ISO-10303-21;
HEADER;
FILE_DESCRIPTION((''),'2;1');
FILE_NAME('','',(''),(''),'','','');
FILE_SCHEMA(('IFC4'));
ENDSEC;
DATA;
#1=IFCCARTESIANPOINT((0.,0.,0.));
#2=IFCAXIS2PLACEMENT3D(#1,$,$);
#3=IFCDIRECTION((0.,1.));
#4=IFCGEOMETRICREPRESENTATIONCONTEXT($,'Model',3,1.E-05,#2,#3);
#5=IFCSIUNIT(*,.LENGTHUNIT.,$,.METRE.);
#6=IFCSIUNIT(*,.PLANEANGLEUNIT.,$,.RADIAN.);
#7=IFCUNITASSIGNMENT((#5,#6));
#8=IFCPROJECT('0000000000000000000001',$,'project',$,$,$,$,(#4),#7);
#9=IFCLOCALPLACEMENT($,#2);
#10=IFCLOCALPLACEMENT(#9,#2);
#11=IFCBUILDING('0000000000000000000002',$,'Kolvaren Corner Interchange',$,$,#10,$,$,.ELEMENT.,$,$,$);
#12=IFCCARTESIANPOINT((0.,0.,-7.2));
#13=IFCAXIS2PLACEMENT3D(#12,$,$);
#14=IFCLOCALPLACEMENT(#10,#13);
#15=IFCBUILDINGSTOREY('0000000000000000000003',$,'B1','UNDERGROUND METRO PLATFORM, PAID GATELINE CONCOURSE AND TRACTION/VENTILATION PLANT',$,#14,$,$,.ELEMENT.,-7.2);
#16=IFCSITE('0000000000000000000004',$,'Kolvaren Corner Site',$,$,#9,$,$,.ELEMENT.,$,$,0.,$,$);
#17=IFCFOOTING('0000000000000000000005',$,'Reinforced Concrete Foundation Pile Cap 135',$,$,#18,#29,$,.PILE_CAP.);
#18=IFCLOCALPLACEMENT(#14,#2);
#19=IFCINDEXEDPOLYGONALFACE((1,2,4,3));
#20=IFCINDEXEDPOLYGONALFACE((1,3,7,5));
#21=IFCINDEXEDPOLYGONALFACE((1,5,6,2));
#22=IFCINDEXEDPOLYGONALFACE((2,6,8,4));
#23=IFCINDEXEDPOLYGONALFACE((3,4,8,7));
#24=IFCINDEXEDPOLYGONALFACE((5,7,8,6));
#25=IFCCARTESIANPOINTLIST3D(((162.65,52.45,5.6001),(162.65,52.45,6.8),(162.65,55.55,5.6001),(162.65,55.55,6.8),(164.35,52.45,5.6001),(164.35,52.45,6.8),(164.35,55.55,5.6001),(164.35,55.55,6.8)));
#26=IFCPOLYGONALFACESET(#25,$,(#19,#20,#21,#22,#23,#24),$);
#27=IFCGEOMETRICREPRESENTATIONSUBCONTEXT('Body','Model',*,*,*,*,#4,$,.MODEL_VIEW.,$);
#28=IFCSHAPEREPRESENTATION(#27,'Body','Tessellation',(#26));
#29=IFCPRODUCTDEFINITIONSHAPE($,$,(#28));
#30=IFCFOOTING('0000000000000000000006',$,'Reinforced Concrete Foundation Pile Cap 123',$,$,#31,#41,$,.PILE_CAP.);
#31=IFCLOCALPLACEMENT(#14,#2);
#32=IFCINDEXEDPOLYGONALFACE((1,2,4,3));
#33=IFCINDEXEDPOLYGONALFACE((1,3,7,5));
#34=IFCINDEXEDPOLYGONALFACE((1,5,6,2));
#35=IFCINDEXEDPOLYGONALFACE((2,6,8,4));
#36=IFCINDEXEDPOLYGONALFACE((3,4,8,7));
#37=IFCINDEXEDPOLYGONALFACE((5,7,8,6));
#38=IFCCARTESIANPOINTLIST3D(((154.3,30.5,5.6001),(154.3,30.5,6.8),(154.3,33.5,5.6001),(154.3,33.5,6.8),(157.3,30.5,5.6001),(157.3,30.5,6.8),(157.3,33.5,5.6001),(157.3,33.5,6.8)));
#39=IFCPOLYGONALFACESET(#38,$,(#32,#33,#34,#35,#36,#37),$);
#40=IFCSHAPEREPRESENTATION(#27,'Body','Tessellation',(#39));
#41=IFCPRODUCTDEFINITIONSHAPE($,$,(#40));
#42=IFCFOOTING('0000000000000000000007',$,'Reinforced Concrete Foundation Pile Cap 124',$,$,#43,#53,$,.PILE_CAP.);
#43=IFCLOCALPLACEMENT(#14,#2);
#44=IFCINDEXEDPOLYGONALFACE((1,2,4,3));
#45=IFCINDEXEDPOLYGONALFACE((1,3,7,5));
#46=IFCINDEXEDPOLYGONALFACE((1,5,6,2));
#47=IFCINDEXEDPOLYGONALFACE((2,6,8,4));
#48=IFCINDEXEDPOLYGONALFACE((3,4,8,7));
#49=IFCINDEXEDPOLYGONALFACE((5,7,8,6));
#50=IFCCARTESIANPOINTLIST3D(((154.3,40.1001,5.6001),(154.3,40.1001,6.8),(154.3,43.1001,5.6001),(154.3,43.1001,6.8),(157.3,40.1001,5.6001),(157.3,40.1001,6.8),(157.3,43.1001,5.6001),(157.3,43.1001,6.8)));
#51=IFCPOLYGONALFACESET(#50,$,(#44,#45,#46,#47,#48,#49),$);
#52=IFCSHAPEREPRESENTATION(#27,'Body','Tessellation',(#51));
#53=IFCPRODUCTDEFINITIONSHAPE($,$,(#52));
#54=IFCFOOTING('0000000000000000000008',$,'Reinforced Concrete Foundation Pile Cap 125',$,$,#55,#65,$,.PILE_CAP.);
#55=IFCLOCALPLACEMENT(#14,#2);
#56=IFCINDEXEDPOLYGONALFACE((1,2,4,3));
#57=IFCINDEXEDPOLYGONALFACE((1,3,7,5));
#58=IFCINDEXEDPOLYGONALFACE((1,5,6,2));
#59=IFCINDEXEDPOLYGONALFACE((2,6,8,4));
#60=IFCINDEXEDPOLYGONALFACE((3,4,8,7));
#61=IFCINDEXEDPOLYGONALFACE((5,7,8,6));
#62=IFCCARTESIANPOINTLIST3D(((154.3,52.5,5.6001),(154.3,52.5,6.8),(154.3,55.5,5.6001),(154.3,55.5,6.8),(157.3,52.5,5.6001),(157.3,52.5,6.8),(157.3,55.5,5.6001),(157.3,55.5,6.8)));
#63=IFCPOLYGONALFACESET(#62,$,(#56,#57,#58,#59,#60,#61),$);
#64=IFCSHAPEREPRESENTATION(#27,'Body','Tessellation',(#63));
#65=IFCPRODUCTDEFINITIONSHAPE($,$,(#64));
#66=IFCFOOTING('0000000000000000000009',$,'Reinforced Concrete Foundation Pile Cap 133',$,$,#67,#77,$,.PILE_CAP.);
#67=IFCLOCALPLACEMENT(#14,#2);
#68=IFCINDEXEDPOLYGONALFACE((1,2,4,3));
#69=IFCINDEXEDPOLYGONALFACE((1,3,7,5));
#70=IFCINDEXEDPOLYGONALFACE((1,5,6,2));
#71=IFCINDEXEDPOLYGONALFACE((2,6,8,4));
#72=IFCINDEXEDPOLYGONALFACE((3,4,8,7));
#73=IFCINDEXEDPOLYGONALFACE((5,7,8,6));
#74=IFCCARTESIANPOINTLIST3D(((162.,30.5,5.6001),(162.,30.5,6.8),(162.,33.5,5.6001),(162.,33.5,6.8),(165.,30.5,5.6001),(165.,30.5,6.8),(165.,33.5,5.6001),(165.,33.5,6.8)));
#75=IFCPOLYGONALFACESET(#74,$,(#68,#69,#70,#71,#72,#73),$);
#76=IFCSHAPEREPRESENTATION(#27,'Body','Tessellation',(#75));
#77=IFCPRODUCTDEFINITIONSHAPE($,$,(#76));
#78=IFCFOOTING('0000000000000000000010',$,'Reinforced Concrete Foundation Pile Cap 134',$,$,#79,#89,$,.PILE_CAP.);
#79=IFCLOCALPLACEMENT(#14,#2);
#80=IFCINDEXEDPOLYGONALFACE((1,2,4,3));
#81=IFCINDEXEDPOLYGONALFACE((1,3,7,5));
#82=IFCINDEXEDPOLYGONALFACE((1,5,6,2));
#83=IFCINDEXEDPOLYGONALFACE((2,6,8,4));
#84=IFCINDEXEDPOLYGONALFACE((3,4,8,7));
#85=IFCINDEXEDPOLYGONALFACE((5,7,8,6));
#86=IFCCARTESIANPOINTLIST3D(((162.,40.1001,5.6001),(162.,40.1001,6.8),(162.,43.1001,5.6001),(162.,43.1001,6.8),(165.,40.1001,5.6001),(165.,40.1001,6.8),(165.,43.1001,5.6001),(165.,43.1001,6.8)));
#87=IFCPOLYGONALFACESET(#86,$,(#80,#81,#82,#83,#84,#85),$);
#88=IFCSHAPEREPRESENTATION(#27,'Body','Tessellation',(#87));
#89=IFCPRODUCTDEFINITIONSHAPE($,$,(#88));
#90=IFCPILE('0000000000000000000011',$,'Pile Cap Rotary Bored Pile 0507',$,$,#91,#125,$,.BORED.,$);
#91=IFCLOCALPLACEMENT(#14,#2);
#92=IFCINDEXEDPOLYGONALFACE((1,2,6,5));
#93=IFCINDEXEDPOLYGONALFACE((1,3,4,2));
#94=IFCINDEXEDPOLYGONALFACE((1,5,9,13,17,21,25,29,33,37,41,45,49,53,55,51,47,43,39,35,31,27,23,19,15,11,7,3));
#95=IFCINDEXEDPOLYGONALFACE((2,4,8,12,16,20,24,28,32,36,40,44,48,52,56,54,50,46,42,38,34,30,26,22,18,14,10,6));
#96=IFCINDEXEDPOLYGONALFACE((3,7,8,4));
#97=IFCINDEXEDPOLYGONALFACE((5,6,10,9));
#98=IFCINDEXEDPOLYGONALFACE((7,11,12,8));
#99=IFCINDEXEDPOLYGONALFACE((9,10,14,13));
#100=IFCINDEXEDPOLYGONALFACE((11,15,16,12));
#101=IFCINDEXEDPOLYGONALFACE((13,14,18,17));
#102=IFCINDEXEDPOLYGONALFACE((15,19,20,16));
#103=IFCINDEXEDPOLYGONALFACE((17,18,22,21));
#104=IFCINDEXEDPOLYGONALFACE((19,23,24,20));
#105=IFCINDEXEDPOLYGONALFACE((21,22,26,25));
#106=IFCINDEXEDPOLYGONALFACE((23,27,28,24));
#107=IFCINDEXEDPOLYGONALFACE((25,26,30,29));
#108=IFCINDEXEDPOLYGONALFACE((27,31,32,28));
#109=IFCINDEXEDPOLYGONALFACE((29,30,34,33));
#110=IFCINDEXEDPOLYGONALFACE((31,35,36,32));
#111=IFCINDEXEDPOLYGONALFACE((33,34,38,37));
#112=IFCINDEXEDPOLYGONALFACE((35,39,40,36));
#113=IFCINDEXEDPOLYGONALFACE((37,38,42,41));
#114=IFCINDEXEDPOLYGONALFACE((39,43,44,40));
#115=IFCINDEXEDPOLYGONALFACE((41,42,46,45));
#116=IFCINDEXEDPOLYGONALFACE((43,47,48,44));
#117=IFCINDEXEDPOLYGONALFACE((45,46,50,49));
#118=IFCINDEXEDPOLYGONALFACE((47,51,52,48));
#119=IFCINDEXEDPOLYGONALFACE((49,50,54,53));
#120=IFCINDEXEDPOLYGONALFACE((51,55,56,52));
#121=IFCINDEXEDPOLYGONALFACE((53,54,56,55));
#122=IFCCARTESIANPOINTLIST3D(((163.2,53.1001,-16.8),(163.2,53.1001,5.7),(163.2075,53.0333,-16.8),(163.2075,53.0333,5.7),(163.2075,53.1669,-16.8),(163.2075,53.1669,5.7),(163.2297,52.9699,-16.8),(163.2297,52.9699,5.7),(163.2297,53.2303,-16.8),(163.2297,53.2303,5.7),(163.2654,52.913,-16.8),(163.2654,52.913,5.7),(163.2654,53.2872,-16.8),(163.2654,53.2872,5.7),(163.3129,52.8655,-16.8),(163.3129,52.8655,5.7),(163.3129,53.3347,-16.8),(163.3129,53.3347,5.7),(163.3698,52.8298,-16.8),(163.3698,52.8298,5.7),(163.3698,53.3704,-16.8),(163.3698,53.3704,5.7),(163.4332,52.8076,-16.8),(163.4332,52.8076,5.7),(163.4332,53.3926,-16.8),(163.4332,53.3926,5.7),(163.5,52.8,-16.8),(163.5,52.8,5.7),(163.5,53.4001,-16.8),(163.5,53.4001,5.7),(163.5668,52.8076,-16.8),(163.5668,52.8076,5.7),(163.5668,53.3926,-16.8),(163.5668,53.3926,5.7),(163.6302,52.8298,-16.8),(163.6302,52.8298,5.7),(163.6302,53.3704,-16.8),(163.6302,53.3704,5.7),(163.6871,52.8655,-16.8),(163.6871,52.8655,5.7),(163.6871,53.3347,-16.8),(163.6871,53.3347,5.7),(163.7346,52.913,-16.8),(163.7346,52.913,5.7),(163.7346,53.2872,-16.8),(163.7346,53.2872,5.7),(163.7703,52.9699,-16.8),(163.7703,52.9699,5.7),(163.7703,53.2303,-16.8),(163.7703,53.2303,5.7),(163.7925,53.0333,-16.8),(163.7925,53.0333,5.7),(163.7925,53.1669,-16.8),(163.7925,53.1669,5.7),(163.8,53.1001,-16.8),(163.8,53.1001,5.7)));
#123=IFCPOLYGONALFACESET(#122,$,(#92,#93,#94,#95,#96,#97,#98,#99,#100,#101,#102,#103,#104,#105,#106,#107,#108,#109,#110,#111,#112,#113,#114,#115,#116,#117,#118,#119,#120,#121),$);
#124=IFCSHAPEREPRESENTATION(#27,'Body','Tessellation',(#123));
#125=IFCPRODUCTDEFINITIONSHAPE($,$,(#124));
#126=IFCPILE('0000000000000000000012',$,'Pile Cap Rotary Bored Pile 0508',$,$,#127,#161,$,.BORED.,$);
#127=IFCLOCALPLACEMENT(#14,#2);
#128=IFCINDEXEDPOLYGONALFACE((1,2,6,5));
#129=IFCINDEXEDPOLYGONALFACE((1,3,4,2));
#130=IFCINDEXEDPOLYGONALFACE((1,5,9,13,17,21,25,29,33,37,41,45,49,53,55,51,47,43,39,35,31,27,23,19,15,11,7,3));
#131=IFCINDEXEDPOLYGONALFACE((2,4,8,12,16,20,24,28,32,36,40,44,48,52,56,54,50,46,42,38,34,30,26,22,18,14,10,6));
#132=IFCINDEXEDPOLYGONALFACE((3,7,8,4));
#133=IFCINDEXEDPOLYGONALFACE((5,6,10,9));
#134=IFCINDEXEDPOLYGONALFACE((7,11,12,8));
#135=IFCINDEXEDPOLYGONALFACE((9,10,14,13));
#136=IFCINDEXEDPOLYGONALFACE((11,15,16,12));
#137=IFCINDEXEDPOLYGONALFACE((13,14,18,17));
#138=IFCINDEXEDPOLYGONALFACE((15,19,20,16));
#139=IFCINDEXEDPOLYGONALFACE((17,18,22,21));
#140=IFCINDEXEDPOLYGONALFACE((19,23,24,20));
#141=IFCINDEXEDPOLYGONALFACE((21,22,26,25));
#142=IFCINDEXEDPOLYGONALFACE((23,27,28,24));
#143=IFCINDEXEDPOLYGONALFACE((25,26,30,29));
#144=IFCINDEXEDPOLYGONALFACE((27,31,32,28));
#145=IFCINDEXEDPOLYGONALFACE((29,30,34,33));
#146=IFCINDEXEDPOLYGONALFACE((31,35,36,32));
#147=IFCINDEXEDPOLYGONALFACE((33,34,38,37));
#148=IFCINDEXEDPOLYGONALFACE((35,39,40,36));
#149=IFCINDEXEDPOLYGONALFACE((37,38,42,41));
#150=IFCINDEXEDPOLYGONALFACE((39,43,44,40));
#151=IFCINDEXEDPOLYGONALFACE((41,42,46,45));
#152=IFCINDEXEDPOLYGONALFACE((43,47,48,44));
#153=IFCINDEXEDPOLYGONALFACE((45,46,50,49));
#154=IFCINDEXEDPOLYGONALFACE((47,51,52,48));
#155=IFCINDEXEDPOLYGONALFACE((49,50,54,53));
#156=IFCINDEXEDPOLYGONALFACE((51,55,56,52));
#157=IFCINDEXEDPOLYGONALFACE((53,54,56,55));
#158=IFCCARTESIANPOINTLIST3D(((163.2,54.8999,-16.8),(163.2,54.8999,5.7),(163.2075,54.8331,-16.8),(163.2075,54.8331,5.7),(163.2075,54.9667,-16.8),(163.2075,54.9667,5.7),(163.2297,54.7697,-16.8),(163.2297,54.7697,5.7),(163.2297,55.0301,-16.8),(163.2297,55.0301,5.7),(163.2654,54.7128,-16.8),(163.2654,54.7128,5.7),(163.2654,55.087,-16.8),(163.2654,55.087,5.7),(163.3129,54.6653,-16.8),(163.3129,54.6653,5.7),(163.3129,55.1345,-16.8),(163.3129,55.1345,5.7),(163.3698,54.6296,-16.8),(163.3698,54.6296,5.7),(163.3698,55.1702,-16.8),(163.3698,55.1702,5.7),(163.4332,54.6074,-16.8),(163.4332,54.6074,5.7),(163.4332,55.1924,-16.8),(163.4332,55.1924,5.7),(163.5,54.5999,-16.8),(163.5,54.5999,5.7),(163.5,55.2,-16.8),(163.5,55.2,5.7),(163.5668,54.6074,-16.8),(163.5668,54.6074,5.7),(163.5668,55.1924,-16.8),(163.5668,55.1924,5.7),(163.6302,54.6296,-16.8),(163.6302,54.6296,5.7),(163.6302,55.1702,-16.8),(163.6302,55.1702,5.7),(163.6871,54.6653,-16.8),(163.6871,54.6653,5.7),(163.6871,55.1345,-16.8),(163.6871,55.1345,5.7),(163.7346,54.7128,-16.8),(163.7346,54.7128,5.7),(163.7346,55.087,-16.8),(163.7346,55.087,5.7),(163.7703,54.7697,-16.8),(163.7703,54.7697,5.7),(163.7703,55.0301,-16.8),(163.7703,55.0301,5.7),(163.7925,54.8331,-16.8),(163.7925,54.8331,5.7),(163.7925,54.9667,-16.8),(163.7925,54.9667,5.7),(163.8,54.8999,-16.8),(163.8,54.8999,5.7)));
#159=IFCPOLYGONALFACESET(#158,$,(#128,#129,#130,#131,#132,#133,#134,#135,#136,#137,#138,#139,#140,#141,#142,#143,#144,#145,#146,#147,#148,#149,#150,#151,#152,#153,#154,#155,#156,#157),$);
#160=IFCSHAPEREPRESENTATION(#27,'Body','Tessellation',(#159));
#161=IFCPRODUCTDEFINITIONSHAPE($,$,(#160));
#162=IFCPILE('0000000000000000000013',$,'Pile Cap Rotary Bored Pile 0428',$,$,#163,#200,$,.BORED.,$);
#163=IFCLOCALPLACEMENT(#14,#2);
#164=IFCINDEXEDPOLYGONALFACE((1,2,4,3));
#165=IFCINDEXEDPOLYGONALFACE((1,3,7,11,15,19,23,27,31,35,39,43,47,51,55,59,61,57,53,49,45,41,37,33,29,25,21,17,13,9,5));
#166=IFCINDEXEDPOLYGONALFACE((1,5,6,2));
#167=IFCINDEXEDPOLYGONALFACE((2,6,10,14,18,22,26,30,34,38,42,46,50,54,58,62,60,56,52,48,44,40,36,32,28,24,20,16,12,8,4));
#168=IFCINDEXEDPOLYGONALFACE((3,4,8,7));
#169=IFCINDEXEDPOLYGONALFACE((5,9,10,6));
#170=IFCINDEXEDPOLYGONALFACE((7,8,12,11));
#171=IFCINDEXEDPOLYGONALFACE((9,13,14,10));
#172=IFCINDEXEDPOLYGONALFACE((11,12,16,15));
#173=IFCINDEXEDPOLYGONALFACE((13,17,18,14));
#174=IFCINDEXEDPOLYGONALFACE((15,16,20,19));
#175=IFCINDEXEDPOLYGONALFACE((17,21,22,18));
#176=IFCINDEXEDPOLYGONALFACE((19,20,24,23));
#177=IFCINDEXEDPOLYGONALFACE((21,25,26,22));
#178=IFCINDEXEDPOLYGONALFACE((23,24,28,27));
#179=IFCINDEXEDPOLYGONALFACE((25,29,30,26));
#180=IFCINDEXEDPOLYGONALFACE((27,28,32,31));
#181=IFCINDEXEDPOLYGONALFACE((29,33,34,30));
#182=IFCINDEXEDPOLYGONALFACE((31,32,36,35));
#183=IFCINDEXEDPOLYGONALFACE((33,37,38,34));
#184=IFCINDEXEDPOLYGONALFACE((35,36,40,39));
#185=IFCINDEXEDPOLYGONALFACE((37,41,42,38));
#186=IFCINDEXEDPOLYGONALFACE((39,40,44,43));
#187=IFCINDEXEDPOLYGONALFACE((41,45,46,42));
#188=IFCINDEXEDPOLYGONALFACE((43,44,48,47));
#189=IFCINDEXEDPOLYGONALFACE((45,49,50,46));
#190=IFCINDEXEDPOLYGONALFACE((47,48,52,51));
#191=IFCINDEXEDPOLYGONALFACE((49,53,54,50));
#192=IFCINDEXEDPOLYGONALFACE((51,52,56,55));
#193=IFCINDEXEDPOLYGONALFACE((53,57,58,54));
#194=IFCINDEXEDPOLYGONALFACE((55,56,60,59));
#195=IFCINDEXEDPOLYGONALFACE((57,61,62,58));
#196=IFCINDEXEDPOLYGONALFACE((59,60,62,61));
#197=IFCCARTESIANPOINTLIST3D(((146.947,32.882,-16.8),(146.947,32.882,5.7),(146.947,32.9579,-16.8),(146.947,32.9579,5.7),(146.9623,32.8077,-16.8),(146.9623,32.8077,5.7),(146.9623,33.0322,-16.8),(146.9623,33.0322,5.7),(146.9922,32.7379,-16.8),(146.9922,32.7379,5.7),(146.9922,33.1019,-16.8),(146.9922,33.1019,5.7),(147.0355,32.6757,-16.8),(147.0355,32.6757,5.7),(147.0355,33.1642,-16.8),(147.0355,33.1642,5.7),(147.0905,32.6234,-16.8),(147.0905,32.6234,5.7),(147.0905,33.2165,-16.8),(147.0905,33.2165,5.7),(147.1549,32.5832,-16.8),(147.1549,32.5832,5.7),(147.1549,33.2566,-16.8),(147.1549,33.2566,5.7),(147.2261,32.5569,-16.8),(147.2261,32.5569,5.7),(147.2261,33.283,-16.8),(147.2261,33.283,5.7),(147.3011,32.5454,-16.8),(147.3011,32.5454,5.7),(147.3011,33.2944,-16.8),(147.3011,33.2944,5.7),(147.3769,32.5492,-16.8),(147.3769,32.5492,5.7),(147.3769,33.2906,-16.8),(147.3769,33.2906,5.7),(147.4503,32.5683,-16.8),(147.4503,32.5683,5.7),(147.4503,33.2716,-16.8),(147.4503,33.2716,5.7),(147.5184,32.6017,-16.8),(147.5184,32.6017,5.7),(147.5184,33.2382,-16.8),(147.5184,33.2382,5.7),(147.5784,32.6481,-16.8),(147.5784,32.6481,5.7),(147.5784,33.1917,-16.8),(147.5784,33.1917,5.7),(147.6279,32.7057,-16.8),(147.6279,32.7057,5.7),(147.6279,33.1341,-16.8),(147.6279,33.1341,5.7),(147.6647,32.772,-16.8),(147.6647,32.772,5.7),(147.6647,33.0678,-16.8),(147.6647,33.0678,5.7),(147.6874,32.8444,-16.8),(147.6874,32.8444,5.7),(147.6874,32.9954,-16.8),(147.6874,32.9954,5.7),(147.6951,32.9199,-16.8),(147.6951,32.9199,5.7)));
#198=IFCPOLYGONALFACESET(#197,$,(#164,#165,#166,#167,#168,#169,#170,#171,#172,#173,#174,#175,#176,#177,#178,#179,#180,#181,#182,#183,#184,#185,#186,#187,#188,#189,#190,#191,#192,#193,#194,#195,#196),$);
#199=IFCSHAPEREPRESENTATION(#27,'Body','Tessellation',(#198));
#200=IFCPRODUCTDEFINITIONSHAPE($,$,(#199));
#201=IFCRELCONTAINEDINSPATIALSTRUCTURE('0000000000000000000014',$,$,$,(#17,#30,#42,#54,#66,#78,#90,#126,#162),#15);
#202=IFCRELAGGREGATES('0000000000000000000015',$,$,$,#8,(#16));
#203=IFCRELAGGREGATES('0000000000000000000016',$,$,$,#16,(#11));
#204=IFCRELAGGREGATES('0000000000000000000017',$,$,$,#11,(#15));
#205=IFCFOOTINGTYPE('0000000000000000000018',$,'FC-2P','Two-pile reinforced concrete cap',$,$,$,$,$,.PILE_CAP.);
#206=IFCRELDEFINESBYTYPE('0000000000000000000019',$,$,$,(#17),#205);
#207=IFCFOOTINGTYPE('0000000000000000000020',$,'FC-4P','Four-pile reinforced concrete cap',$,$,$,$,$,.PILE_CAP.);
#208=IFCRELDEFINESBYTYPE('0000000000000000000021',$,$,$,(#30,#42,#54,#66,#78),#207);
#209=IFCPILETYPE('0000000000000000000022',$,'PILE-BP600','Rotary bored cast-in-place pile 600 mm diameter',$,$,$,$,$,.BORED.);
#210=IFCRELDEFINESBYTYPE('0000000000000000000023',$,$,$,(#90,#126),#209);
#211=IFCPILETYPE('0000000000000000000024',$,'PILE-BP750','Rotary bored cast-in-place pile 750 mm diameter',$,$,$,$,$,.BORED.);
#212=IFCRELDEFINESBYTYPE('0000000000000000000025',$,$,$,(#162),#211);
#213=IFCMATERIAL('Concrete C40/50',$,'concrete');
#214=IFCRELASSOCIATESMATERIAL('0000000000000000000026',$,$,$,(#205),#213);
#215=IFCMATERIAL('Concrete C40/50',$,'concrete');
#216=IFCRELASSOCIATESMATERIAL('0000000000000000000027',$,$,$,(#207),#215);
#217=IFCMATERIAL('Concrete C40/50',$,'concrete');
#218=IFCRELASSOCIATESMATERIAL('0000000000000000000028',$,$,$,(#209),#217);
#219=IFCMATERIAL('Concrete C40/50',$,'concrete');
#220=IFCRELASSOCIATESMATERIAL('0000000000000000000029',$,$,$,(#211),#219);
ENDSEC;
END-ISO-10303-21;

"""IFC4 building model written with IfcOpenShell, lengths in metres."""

from ifc_helpers import new_model, si_unit, direction, frame, origin, origin_2d, place, context, subcontext, project, spatial, rectangle, circle, extrude, material, material_profile, profile_set, type_object, element, save


model = new_model("IFC4")

# Units and contexts
model_context = context("Model", 3, precision=1e-05, world=origin(), true_north=direction((0.0, 1.0)))
body_context = subcontext(model_context, "Body", "Model", "MODEL_VIEW")
ifc_project = project(units=[si_unit("LENGTHUNIT", "METRE"), si_unit("PLANEANGLEUNIT", "RADIAN")], contexts=[model_context])

# Site, building, storey
site_placement = place(None, origin())
site = spatial("IfcSite", under=ifc_project, at=site_placement, Name="Kolvaren Corner Site", CompositionType="ELEMENT", RefElevation=0.0)
building_placement = place(site_placement, origin())
building = spatial("IfcBuilding", under=site, at=building_placement, Name="Kolvaren Corner Interchange", CompositionType="ELEMENT")
storey_placement = place(building_placement, frame((0.0, 0.0, -7.2)))
storey = spatial("IfcBuildingStorey", under=building, at=storey_placement, Name="B1", Description="UNDERGROUND METRO PLATFORM, PAID GATELINE CONCOURSE AND TRACTION/VENTILATION PLANT", CompositionType="ELEMENT", Elevation=-7.2)

# Footings
ifc_material_1 = material(Name="Concrete C40/50", Category="concrete")
footing_type_1 = type_object("IfcFootingType", Name="FC-2P", Description="Two-pile reinforced concrete cap", PredefinedType="PILE_CAP", material=ifc_material_1)
footing_placement = place(storey_placement, frame((163.5, 54.0, 5.6001), z_axis=(0.0, 0.0, 1.0), x_axis=(1.0, 0.0, 0.0)))
element("IfcFooting", 1, at=footing_placement, inside=storey, type_object=footing_type_1, Name="Reinforced Concrete Foundation Pile Cap 135", PredefinedType="PILE_CAP", context=body_context, shape_type="SweptSolid", body=[
    extrude(rectangle(XDim=1.7, YDim=3.1001, at=origin_2d()), origin(), (0.0, 0.0, 1.0), 1.2),
])
ifc_material_2 = material(Name="Concrete C40/50", Category="concrete")
footing_type_2 = type_object("IfcFootingType", Name="FC-4P", Description="Four-pile reinforced concrete cap", PredefinedType="PILE_CAP", material=ifc_material_2)
for number, where, z_axis, x_axis, name in (
    (2, (155.8, 32.0, 5.6001), (0.0, 0.0, 1.0), (1.0, 0.0, 0.0), "Reinforced Concrete Foundation Pile Cap 123"),
    (3, (155.8, 41.6001, 5.6001), (0.0, 0.0, 1.0), (1.0, 0.0, 0.0), "Reinforced Concrete Foundation Pile Cap 124"),
    (4, (155.8, 54.0, 5.6001), (0.0, 0.0, 1.0), (1.0, 0.0, 0.0), "Reinforced Concrete Foundation Pile Cap 125"),
    (5, (163.5, 32.0, 5.6001), (0.0, 0.0, 1.0), (1.0, 0.0, 0.0), "Reinforced Concrete Foundation Pile Cap 133"),
    (6, (163.5, 41.6001, 5.6001), (0.0, 0.0, 1.0), (1.0, 0.0, 0.0), "Reinforced Concrete Foundation Pile Cap 134"),
):
    element("IfcFooting", number, at=place(storey_placement, frame(where, z_axis=z_axis, x_axis=x_axis)), inside=storey, type_object=footing_type_2, Name=name, PredefinedType="PILE_CAP", context=body_context, shape_type="SweptSolid", body=[
        extrude(rectangle(XDim=3.0, YDim=3.0, at=origin_2d()), origin(), (0.0, 0.0, 1.0), 1.2),
    ])

# Piles
ifc_material_3 = material(Name="Concrete C40/50", Category="concrete")
ifc_material_profile_1 = material_profile(ifc_material_3, circle(Radius=0.3, at=origin_2d()), Name="BORED PILE 600")
ifc_profile_set_1 = profile_set([ifc_material_profile_1], Name="Concrete C40/50")
pile_type_1 = type_object("IfcPileType", Name="PILE-BP600", Description="Rotary bored cast-in-place pile 600 mm diameter", PredefinedType="BORED", material=ifc_profile_set_1)
for number, where, z_axis, x_axis, name in (
    (7, (163.5, 53.1001, 5.7), (0.0, 0.0, -1.0), (1.0, 0.0, 0.0), "Pile Cap Rotary Bored Pile 0507"),
    (8, (163.5, 54.8999, 5.7), (0.0, 0.0, -1.0), (1.0, 0.0, 0.0), "Pile Cap Rotary Bored Pile 0508"),
):
    element("IfcPile", number, at=place(storey_placement, frame(where, z_axis=z_axis, x_axis=x_axis)), inside=storey, type_object=pile_type_1, Name=name, PredefinedType="BORED", context=body_context, shape_type="SweptSolid", body=[
        extrude(circle(Radius=0.3, at=origin_2d()), origin(), (0.0, 0.0, 1.0), 22.5),
    ])
ifc_material_4 = material(Name="Concrete C40/50", Category="concrete")
ifc_material_profile_2 = material_profile(ifc_material_4, circle(Radius=0.375, at=origin_2d()), Name="BORED PILE 750")
ifc_profile_set_2 = profile_set([ifc_material_profile_2], Name="Concrete C40/50")
pile_type_2 = type_object("IfcPileType", Name="PILE-BP750", Description="Rotary bored cast-in-place pile 750 mm diameter", PredefinedType="BORED", material=ifc_profile_set_2)
for number, where, z_axis, x_axis, name in (
    (9, (147.3201, 32.9199, 5.7), (0.0, 0.0, -1.0), (1.0, 0.0, 0.0), "Pile Cap Rotary Bored Pile 0428"),
):
    element("IfcPile", number, at=place(storey_placement, frame(where, z_axis=z_axis, x_axis=x_axis)), inside=storey, type_object=pile_type_2, Name=name, PredefinedType="BORED", context=body_context, shape_type="SweptSolid", body=[
        extrude(circle(Radius=0.375, at=origin_2d()), origin(), (0.0, 0.0, 1.0), 22.5),
    ])

save(model, "model.ifc")
